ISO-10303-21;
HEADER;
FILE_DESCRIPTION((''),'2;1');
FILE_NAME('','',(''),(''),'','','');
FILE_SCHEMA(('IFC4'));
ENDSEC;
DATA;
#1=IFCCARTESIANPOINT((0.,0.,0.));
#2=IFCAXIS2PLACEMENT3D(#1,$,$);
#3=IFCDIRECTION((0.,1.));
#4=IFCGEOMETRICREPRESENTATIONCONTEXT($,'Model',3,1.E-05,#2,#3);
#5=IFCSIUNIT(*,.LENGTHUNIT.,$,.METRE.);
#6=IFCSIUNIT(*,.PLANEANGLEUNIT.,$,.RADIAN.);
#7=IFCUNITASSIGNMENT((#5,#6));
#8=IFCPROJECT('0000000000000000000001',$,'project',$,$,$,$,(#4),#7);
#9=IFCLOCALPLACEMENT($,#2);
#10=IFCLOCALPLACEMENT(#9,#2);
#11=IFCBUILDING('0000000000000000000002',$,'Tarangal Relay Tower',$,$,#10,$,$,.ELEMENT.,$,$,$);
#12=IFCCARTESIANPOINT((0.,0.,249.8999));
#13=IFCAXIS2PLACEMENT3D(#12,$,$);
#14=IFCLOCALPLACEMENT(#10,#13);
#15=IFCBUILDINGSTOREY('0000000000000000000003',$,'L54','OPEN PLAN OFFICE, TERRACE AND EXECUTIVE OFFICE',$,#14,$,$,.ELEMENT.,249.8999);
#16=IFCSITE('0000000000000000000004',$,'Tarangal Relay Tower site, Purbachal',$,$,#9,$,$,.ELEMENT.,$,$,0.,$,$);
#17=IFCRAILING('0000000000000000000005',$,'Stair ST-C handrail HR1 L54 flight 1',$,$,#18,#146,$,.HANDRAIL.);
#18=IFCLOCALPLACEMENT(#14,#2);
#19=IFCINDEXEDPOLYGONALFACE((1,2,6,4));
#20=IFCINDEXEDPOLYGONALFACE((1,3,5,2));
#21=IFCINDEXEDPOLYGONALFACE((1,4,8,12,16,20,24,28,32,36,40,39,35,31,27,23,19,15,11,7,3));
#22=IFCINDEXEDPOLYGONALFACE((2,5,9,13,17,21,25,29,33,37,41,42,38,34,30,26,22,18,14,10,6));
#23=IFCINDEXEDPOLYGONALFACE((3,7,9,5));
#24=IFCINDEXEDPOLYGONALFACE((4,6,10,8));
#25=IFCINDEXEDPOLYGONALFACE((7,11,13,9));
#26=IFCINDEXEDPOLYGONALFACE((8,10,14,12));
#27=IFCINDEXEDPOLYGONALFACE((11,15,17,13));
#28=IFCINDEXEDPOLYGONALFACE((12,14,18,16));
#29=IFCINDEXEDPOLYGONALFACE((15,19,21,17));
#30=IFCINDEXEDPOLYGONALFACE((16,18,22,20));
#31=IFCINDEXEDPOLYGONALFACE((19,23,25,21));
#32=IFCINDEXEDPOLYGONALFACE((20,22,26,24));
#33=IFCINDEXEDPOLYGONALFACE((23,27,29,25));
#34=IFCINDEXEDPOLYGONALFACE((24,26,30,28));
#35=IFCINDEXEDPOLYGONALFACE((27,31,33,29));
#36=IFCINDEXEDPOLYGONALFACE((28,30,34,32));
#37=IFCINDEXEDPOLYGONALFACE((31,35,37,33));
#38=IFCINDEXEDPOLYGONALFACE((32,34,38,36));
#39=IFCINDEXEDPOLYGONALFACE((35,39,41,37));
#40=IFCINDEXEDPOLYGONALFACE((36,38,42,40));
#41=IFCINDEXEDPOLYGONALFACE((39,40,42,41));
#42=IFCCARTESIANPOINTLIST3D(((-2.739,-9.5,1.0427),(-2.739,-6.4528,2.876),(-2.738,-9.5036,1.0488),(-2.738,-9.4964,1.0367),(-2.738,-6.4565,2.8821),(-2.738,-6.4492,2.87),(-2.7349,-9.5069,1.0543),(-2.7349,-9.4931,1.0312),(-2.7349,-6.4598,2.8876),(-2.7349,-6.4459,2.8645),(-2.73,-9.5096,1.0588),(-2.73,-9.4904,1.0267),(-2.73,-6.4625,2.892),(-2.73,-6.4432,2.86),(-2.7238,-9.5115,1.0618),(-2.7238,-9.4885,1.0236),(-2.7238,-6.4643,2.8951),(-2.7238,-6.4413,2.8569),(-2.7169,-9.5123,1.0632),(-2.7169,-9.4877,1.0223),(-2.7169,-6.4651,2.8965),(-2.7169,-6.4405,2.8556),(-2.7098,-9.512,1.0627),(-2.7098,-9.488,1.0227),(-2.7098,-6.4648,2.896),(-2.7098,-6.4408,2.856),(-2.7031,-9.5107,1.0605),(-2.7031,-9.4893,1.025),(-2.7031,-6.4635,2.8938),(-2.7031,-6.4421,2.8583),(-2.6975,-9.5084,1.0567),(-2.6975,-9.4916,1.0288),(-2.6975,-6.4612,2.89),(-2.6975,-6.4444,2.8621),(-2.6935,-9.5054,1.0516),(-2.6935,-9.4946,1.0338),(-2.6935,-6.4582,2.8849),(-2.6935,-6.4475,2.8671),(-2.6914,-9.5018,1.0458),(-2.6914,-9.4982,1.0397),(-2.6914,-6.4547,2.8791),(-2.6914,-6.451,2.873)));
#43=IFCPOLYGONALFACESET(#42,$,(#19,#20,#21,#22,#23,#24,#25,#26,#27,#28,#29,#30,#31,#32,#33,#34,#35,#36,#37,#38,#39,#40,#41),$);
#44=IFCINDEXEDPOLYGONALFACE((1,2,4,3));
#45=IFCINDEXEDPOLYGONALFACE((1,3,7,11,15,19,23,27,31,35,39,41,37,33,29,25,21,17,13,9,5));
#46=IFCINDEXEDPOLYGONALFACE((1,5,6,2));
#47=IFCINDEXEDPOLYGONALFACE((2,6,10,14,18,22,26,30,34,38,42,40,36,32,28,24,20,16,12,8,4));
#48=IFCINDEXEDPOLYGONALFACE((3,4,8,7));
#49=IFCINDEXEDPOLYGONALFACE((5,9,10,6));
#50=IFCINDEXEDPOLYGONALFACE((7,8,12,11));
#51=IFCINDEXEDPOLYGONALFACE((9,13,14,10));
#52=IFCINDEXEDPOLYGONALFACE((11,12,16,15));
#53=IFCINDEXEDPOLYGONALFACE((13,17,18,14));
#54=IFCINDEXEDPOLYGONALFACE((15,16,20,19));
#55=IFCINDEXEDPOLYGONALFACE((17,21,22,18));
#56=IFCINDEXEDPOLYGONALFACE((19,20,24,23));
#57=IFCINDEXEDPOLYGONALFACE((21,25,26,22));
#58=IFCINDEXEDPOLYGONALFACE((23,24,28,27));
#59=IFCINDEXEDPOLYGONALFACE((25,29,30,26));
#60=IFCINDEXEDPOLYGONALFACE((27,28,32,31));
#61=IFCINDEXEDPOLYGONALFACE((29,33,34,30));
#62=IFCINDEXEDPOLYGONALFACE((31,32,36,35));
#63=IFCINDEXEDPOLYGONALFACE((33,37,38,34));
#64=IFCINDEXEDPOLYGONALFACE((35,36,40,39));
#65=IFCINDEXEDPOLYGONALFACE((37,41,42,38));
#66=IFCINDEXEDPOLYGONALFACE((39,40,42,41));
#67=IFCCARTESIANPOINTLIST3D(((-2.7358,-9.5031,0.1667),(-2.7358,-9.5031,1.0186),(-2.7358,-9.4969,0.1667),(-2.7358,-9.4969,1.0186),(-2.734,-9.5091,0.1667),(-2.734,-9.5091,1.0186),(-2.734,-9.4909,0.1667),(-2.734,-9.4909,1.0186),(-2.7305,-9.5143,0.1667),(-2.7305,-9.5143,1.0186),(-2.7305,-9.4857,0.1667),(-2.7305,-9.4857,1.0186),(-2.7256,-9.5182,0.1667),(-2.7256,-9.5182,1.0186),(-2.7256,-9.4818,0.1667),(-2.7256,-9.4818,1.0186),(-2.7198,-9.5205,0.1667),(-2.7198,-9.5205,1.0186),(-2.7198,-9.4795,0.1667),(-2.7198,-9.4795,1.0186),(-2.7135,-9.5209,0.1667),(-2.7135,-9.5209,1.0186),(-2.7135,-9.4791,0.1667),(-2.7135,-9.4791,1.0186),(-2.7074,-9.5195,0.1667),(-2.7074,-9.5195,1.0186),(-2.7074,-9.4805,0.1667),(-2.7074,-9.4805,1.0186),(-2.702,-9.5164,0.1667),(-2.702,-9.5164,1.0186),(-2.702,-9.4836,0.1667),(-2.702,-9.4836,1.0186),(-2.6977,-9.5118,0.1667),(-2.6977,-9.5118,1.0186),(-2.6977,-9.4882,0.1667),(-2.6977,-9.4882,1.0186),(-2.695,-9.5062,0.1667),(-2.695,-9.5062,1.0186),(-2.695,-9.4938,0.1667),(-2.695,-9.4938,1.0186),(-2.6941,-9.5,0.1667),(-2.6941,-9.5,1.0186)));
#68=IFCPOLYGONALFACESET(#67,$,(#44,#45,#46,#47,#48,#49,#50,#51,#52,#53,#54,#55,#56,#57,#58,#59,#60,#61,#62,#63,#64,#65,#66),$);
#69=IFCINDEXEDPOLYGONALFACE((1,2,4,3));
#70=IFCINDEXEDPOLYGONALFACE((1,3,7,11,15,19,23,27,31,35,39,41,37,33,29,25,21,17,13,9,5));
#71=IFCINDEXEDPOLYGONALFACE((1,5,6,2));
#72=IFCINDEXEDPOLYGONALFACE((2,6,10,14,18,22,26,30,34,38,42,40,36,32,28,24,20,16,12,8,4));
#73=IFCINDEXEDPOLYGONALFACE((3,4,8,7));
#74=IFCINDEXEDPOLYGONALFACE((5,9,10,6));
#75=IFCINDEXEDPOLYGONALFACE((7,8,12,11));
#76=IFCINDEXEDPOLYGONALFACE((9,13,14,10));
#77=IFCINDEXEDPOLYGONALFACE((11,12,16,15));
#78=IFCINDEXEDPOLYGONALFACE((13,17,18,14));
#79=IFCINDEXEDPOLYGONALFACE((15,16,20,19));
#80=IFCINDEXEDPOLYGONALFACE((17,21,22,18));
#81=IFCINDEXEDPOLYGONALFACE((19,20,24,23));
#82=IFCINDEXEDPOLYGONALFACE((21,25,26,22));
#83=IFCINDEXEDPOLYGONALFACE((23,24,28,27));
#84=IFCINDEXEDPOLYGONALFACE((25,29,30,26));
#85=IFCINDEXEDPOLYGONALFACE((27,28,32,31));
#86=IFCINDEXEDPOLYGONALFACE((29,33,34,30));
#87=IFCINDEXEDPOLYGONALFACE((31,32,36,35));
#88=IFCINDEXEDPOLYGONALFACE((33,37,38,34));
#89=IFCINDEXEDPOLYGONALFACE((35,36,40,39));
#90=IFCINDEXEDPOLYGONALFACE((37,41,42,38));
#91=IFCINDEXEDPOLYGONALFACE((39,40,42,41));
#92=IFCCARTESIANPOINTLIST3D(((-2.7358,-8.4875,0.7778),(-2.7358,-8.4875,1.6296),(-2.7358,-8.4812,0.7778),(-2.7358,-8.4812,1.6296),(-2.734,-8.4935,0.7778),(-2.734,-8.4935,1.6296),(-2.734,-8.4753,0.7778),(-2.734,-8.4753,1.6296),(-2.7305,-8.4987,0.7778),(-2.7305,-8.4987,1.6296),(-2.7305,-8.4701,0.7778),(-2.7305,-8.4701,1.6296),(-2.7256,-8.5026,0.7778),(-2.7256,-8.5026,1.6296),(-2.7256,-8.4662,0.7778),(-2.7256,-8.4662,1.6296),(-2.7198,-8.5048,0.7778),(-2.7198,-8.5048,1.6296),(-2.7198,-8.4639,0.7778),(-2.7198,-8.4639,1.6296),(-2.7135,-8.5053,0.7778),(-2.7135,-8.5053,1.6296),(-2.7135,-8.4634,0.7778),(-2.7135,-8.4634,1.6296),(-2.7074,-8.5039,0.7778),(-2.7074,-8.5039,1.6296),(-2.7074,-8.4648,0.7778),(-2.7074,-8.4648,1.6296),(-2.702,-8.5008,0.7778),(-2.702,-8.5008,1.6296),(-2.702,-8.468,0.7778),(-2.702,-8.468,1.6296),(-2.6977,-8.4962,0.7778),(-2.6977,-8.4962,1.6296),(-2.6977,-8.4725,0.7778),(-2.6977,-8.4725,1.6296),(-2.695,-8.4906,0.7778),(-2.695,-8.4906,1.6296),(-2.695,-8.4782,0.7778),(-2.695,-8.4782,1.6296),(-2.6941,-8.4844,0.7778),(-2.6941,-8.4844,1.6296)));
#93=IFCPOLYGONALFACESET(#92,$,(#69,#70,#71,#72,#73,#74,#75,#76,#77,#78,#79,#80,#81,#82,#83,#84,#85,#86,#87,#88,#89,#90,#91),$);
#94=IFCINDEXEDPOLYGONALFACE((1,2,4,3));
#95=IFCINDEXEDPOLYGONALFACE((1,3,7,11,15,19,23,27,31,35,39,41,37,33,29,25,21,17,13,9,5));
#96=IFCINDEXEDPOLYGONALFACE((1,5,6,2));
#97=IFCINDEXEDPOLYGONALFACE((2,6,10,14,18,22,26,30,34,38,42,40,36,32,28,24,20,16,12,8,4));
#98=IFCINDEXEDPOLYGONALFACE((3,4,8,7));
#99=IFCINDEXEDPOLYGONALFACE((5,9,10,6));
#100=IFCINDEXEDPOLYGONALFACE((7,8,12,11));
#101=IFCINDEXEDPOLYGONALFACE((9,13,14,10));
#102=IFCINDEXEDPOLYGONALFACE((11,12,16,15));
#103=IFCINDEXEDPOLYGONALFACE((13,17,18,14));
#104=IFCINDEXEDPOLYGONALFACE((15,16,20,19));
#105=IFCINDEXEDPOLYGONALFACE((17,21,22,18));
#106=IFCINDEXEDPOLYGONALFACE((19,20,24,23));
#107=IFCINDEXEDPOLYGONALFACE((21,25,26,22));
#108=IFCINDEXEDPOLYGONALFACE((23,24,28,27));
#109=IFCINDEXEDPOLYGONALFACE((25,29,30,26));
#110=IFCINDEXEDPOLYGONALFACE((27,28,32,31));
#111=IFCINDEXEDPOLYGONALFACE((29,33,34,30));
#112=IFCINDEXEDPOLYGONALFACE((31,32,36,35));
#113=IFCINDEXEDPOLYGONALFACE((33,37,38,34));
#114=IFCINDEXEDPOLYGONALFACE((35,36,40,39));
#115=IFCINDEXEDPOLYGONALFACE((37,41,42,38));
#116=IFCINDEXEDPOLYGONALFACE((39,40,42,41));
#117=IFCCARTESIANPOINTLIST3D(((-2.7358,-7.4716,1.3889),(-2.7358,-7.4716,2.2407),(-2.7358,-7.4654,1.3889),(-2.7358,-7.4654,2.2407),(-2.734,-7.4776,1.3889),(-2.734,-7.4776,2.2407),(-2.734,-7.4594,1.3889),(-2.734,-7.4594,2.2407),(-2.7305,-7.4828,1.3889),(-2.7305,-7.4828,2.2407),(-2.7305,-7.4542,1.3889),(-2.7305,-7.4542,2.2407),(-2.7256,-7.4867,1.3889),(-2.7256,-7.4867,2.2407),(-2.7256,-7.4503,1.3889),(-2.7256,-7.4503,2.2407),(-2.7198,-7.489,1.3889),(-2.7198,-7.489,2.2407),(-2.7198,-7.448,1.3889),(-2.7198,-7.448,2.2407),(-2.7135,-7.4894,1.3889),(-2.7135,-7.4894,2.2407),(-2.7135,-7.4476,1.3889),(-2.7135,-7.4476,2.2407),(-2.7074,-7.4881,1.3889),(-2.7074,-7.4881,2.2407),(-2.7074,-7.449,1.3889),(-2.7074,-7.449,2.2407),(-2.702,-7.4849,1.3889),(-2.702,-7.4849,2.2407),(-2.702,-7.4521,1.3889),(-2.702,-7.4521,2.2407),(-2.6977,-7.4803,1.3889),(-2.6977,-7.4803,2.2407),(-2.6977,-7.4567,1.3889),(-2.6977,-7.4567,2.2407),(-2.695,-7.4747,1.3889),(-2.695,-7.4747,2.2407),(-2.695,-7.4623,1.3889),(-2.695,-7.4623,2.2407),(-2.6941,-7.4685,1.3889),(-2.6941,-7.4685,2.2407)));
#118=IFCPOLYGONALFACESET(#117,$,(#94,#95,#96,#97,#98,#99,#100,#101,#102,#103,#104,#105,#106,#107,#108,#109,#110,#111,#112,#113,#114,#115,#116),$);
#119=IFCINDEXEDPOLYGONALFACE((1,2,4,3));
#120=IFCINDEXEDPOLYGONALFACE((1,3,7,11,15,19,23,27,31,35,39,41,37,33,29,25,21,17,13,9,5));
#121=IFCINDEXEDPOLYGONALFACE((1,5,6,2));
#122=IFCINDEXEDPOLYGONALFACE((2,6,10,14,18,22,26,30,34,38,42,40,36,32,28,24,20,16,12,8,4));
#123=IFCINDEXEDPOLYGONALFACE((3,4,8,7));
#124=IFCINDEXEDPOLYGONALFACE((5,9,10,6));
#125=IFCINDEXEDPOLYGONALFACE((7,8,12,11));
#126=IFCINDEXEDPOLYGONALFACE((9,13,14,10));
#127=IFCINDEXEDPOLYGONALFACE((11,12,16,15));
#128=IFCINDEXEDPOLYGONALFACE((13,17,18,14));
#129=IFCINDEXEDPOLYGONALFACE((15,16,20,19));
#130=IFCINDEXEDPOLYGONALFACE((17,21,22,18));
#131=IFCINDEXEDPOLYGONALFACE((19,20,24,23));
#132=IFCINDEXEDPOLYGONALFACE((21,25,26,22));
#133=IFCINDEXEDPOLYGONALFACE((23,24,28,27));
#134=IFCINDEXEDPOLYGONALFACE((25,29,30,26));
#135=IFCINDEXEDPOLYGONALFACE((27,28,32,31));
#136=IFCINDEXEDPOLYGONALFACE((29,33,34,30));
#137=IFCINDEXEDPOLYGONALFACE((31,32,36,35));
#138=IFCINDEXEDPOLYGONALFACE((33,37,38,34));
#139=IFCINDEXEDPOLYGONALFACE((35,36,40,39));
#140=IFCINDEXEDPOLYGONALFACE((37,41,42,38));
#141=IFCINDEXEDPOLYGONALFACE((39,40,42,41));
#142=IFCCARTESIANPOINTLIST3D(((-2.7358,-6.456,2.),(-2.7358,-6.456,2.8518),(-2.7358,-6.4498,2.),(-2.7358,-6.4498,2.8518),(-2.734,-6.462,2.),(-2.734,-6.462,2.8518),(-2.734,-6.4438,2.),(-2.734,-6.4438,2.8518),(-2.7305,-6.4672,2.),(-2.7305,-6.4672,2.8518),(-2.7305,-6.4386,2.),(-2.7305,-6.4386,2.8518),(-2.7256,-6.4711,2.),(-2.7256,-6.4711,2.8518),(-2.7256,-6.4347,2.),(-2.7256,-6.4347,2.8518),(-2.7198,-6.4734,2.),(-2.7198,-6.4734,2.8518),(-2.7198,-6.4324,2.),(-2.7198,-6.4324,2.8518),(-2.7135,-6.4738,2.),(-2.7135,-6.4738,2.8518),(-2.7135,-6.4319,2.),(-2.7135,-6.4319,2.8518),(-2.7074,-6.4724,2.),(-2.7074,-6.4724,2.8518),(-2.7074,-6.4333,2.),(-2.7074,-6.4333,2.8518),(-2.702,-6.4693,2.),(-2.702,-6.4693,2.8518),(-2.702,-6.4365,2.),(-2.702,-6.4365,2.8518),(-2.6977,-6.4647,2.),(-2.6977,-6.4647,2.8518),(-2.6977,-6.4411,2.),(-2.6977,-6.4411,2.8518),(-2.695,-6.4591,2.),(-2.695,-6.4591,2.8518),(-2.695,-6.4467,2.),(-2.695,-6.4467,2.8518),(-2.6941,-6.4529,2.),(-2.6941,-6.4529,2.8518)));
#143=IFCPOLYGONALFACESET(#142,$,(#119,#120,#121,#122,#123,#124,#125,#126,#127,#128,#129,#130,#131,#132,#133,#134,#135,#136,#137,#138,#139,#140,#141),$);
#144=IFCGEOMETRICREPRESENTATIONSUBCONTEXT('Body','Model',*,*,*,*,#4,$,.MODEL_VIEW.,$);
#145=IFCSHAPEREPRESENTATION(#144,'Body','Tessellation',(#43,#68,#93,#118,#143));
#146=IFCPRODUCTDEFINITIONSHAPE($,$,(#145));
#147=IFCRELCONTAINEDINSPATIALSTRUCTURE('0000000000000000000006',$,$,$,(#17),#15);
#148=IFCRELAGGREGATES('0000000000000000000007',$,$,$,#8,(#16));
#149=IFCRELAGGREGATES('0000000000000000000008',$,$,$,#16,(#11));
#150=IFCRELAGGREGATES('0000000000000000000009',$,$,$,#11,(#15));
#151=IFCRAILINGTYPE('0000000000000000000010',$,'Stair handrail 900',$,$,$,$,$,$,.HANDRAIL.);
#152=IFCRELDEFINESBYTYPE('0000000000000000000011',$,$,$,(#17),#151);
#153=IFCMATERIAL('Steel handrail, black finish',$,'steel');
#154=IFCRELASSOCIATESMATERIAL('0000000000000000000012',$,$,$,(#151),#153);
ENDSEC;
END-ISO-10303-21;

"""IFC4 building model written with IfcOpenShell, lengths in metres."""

from ifc_helpers import new_model, si_unit, direction, frame, origin, origin_2d, place, context, subcontext, project, spatial, circle, extrude, material, type_object, element, save


model = new_model("IFC4")

# Units and contexts
model_context = context("Model", 3, precision=1e-05, world=origin(), true_north=direction((0.0, 1.0)))
body_context = subcontext(model_context, "Body", "Model", "MODEL_VIEW")
ifc_project = project(units=[si_unit("LENGTHUNIT", "METRE"), si_unit("PLANEANGLEUNIT", "RADIAN")], contexts=[model_context])

# Site, building, storey
site_placement = place(None, origin())
site = spatial("IfcSite", under=ifc_project, at=site_placement, Name="Tarangal Relay Tower site, Purbachal", CompositionType="ELEMENT", RefElevation=0.0)
building_placement = place(site_placement, origin())
building = spatial("IfcBuilding", under=site, at=building_placement, Name="Tarangal Relay Tower", CompositionType="ELEMENT")
storey_placement = place(building_placement, frame((0.0, 0.0, 249.8999)))
storey = spatial("IfcBuildingStorey", under=building, at=storey_placement, Name="L54", Description="OPEN PLAN OFFICE, TERRACE AND EXECUTIVE OFFICE", CompositionType="ELEMENT", Elevation=249.8999)

# Railing
ifc_material_1 = material(Name="Steel handrail, black finish", Category="steel")
railing_type_1 = type_object("IfcRailingType", Name="Stair handrail 900", PredefinedType="HANDRAIL", material=ifc_material_1)
railing_1_placement = place(storey_placement, frame((-2.7151, -9.5, 0.1667)))
element("IfcRailing", 1, at=railing_1_placement, inside=storey, type_object=railing_type_1, Name="Stair ST-C handrail HR1 L54 flight 1", PredefinedType="HANDRAIL", context=body_context, shape_type="SweptSolid", body=[
    extrude(circle(Radius=0.0239, at=origin_2d()), frame((0.0, 0.0, 0.876), z_axis=(0.0, 0.856874, 0.515525), x_axis=(-1.0, 0.0, 0.0)), (0.0, 0.0, 1.0), 3.5562),
    extrude(circle(Radius=0.021, at=origin_2d()), origin(), (0.0, 0.0, 1.0), 0.8518),
    extrude(circle(Radius=0.021, at=origin_2d()), frame((0.0, 1.0156, 0.6111)), (0.0, 0.0, 1.0), 0.8518),
    extrude(circle(Radius=0.021, at=origin_2d()), frame((0.0, 2.0315, 1.2222)), (0.0, 0.0, 1.0), 0.8518),
    extrude(circle(Radius=0.021, at=origin_2d()), frame((0.0, 3.0471, 1.8333)), (0.0, 0.0, 1.0), 0.8518),
])

save(model, "model.ifc")
